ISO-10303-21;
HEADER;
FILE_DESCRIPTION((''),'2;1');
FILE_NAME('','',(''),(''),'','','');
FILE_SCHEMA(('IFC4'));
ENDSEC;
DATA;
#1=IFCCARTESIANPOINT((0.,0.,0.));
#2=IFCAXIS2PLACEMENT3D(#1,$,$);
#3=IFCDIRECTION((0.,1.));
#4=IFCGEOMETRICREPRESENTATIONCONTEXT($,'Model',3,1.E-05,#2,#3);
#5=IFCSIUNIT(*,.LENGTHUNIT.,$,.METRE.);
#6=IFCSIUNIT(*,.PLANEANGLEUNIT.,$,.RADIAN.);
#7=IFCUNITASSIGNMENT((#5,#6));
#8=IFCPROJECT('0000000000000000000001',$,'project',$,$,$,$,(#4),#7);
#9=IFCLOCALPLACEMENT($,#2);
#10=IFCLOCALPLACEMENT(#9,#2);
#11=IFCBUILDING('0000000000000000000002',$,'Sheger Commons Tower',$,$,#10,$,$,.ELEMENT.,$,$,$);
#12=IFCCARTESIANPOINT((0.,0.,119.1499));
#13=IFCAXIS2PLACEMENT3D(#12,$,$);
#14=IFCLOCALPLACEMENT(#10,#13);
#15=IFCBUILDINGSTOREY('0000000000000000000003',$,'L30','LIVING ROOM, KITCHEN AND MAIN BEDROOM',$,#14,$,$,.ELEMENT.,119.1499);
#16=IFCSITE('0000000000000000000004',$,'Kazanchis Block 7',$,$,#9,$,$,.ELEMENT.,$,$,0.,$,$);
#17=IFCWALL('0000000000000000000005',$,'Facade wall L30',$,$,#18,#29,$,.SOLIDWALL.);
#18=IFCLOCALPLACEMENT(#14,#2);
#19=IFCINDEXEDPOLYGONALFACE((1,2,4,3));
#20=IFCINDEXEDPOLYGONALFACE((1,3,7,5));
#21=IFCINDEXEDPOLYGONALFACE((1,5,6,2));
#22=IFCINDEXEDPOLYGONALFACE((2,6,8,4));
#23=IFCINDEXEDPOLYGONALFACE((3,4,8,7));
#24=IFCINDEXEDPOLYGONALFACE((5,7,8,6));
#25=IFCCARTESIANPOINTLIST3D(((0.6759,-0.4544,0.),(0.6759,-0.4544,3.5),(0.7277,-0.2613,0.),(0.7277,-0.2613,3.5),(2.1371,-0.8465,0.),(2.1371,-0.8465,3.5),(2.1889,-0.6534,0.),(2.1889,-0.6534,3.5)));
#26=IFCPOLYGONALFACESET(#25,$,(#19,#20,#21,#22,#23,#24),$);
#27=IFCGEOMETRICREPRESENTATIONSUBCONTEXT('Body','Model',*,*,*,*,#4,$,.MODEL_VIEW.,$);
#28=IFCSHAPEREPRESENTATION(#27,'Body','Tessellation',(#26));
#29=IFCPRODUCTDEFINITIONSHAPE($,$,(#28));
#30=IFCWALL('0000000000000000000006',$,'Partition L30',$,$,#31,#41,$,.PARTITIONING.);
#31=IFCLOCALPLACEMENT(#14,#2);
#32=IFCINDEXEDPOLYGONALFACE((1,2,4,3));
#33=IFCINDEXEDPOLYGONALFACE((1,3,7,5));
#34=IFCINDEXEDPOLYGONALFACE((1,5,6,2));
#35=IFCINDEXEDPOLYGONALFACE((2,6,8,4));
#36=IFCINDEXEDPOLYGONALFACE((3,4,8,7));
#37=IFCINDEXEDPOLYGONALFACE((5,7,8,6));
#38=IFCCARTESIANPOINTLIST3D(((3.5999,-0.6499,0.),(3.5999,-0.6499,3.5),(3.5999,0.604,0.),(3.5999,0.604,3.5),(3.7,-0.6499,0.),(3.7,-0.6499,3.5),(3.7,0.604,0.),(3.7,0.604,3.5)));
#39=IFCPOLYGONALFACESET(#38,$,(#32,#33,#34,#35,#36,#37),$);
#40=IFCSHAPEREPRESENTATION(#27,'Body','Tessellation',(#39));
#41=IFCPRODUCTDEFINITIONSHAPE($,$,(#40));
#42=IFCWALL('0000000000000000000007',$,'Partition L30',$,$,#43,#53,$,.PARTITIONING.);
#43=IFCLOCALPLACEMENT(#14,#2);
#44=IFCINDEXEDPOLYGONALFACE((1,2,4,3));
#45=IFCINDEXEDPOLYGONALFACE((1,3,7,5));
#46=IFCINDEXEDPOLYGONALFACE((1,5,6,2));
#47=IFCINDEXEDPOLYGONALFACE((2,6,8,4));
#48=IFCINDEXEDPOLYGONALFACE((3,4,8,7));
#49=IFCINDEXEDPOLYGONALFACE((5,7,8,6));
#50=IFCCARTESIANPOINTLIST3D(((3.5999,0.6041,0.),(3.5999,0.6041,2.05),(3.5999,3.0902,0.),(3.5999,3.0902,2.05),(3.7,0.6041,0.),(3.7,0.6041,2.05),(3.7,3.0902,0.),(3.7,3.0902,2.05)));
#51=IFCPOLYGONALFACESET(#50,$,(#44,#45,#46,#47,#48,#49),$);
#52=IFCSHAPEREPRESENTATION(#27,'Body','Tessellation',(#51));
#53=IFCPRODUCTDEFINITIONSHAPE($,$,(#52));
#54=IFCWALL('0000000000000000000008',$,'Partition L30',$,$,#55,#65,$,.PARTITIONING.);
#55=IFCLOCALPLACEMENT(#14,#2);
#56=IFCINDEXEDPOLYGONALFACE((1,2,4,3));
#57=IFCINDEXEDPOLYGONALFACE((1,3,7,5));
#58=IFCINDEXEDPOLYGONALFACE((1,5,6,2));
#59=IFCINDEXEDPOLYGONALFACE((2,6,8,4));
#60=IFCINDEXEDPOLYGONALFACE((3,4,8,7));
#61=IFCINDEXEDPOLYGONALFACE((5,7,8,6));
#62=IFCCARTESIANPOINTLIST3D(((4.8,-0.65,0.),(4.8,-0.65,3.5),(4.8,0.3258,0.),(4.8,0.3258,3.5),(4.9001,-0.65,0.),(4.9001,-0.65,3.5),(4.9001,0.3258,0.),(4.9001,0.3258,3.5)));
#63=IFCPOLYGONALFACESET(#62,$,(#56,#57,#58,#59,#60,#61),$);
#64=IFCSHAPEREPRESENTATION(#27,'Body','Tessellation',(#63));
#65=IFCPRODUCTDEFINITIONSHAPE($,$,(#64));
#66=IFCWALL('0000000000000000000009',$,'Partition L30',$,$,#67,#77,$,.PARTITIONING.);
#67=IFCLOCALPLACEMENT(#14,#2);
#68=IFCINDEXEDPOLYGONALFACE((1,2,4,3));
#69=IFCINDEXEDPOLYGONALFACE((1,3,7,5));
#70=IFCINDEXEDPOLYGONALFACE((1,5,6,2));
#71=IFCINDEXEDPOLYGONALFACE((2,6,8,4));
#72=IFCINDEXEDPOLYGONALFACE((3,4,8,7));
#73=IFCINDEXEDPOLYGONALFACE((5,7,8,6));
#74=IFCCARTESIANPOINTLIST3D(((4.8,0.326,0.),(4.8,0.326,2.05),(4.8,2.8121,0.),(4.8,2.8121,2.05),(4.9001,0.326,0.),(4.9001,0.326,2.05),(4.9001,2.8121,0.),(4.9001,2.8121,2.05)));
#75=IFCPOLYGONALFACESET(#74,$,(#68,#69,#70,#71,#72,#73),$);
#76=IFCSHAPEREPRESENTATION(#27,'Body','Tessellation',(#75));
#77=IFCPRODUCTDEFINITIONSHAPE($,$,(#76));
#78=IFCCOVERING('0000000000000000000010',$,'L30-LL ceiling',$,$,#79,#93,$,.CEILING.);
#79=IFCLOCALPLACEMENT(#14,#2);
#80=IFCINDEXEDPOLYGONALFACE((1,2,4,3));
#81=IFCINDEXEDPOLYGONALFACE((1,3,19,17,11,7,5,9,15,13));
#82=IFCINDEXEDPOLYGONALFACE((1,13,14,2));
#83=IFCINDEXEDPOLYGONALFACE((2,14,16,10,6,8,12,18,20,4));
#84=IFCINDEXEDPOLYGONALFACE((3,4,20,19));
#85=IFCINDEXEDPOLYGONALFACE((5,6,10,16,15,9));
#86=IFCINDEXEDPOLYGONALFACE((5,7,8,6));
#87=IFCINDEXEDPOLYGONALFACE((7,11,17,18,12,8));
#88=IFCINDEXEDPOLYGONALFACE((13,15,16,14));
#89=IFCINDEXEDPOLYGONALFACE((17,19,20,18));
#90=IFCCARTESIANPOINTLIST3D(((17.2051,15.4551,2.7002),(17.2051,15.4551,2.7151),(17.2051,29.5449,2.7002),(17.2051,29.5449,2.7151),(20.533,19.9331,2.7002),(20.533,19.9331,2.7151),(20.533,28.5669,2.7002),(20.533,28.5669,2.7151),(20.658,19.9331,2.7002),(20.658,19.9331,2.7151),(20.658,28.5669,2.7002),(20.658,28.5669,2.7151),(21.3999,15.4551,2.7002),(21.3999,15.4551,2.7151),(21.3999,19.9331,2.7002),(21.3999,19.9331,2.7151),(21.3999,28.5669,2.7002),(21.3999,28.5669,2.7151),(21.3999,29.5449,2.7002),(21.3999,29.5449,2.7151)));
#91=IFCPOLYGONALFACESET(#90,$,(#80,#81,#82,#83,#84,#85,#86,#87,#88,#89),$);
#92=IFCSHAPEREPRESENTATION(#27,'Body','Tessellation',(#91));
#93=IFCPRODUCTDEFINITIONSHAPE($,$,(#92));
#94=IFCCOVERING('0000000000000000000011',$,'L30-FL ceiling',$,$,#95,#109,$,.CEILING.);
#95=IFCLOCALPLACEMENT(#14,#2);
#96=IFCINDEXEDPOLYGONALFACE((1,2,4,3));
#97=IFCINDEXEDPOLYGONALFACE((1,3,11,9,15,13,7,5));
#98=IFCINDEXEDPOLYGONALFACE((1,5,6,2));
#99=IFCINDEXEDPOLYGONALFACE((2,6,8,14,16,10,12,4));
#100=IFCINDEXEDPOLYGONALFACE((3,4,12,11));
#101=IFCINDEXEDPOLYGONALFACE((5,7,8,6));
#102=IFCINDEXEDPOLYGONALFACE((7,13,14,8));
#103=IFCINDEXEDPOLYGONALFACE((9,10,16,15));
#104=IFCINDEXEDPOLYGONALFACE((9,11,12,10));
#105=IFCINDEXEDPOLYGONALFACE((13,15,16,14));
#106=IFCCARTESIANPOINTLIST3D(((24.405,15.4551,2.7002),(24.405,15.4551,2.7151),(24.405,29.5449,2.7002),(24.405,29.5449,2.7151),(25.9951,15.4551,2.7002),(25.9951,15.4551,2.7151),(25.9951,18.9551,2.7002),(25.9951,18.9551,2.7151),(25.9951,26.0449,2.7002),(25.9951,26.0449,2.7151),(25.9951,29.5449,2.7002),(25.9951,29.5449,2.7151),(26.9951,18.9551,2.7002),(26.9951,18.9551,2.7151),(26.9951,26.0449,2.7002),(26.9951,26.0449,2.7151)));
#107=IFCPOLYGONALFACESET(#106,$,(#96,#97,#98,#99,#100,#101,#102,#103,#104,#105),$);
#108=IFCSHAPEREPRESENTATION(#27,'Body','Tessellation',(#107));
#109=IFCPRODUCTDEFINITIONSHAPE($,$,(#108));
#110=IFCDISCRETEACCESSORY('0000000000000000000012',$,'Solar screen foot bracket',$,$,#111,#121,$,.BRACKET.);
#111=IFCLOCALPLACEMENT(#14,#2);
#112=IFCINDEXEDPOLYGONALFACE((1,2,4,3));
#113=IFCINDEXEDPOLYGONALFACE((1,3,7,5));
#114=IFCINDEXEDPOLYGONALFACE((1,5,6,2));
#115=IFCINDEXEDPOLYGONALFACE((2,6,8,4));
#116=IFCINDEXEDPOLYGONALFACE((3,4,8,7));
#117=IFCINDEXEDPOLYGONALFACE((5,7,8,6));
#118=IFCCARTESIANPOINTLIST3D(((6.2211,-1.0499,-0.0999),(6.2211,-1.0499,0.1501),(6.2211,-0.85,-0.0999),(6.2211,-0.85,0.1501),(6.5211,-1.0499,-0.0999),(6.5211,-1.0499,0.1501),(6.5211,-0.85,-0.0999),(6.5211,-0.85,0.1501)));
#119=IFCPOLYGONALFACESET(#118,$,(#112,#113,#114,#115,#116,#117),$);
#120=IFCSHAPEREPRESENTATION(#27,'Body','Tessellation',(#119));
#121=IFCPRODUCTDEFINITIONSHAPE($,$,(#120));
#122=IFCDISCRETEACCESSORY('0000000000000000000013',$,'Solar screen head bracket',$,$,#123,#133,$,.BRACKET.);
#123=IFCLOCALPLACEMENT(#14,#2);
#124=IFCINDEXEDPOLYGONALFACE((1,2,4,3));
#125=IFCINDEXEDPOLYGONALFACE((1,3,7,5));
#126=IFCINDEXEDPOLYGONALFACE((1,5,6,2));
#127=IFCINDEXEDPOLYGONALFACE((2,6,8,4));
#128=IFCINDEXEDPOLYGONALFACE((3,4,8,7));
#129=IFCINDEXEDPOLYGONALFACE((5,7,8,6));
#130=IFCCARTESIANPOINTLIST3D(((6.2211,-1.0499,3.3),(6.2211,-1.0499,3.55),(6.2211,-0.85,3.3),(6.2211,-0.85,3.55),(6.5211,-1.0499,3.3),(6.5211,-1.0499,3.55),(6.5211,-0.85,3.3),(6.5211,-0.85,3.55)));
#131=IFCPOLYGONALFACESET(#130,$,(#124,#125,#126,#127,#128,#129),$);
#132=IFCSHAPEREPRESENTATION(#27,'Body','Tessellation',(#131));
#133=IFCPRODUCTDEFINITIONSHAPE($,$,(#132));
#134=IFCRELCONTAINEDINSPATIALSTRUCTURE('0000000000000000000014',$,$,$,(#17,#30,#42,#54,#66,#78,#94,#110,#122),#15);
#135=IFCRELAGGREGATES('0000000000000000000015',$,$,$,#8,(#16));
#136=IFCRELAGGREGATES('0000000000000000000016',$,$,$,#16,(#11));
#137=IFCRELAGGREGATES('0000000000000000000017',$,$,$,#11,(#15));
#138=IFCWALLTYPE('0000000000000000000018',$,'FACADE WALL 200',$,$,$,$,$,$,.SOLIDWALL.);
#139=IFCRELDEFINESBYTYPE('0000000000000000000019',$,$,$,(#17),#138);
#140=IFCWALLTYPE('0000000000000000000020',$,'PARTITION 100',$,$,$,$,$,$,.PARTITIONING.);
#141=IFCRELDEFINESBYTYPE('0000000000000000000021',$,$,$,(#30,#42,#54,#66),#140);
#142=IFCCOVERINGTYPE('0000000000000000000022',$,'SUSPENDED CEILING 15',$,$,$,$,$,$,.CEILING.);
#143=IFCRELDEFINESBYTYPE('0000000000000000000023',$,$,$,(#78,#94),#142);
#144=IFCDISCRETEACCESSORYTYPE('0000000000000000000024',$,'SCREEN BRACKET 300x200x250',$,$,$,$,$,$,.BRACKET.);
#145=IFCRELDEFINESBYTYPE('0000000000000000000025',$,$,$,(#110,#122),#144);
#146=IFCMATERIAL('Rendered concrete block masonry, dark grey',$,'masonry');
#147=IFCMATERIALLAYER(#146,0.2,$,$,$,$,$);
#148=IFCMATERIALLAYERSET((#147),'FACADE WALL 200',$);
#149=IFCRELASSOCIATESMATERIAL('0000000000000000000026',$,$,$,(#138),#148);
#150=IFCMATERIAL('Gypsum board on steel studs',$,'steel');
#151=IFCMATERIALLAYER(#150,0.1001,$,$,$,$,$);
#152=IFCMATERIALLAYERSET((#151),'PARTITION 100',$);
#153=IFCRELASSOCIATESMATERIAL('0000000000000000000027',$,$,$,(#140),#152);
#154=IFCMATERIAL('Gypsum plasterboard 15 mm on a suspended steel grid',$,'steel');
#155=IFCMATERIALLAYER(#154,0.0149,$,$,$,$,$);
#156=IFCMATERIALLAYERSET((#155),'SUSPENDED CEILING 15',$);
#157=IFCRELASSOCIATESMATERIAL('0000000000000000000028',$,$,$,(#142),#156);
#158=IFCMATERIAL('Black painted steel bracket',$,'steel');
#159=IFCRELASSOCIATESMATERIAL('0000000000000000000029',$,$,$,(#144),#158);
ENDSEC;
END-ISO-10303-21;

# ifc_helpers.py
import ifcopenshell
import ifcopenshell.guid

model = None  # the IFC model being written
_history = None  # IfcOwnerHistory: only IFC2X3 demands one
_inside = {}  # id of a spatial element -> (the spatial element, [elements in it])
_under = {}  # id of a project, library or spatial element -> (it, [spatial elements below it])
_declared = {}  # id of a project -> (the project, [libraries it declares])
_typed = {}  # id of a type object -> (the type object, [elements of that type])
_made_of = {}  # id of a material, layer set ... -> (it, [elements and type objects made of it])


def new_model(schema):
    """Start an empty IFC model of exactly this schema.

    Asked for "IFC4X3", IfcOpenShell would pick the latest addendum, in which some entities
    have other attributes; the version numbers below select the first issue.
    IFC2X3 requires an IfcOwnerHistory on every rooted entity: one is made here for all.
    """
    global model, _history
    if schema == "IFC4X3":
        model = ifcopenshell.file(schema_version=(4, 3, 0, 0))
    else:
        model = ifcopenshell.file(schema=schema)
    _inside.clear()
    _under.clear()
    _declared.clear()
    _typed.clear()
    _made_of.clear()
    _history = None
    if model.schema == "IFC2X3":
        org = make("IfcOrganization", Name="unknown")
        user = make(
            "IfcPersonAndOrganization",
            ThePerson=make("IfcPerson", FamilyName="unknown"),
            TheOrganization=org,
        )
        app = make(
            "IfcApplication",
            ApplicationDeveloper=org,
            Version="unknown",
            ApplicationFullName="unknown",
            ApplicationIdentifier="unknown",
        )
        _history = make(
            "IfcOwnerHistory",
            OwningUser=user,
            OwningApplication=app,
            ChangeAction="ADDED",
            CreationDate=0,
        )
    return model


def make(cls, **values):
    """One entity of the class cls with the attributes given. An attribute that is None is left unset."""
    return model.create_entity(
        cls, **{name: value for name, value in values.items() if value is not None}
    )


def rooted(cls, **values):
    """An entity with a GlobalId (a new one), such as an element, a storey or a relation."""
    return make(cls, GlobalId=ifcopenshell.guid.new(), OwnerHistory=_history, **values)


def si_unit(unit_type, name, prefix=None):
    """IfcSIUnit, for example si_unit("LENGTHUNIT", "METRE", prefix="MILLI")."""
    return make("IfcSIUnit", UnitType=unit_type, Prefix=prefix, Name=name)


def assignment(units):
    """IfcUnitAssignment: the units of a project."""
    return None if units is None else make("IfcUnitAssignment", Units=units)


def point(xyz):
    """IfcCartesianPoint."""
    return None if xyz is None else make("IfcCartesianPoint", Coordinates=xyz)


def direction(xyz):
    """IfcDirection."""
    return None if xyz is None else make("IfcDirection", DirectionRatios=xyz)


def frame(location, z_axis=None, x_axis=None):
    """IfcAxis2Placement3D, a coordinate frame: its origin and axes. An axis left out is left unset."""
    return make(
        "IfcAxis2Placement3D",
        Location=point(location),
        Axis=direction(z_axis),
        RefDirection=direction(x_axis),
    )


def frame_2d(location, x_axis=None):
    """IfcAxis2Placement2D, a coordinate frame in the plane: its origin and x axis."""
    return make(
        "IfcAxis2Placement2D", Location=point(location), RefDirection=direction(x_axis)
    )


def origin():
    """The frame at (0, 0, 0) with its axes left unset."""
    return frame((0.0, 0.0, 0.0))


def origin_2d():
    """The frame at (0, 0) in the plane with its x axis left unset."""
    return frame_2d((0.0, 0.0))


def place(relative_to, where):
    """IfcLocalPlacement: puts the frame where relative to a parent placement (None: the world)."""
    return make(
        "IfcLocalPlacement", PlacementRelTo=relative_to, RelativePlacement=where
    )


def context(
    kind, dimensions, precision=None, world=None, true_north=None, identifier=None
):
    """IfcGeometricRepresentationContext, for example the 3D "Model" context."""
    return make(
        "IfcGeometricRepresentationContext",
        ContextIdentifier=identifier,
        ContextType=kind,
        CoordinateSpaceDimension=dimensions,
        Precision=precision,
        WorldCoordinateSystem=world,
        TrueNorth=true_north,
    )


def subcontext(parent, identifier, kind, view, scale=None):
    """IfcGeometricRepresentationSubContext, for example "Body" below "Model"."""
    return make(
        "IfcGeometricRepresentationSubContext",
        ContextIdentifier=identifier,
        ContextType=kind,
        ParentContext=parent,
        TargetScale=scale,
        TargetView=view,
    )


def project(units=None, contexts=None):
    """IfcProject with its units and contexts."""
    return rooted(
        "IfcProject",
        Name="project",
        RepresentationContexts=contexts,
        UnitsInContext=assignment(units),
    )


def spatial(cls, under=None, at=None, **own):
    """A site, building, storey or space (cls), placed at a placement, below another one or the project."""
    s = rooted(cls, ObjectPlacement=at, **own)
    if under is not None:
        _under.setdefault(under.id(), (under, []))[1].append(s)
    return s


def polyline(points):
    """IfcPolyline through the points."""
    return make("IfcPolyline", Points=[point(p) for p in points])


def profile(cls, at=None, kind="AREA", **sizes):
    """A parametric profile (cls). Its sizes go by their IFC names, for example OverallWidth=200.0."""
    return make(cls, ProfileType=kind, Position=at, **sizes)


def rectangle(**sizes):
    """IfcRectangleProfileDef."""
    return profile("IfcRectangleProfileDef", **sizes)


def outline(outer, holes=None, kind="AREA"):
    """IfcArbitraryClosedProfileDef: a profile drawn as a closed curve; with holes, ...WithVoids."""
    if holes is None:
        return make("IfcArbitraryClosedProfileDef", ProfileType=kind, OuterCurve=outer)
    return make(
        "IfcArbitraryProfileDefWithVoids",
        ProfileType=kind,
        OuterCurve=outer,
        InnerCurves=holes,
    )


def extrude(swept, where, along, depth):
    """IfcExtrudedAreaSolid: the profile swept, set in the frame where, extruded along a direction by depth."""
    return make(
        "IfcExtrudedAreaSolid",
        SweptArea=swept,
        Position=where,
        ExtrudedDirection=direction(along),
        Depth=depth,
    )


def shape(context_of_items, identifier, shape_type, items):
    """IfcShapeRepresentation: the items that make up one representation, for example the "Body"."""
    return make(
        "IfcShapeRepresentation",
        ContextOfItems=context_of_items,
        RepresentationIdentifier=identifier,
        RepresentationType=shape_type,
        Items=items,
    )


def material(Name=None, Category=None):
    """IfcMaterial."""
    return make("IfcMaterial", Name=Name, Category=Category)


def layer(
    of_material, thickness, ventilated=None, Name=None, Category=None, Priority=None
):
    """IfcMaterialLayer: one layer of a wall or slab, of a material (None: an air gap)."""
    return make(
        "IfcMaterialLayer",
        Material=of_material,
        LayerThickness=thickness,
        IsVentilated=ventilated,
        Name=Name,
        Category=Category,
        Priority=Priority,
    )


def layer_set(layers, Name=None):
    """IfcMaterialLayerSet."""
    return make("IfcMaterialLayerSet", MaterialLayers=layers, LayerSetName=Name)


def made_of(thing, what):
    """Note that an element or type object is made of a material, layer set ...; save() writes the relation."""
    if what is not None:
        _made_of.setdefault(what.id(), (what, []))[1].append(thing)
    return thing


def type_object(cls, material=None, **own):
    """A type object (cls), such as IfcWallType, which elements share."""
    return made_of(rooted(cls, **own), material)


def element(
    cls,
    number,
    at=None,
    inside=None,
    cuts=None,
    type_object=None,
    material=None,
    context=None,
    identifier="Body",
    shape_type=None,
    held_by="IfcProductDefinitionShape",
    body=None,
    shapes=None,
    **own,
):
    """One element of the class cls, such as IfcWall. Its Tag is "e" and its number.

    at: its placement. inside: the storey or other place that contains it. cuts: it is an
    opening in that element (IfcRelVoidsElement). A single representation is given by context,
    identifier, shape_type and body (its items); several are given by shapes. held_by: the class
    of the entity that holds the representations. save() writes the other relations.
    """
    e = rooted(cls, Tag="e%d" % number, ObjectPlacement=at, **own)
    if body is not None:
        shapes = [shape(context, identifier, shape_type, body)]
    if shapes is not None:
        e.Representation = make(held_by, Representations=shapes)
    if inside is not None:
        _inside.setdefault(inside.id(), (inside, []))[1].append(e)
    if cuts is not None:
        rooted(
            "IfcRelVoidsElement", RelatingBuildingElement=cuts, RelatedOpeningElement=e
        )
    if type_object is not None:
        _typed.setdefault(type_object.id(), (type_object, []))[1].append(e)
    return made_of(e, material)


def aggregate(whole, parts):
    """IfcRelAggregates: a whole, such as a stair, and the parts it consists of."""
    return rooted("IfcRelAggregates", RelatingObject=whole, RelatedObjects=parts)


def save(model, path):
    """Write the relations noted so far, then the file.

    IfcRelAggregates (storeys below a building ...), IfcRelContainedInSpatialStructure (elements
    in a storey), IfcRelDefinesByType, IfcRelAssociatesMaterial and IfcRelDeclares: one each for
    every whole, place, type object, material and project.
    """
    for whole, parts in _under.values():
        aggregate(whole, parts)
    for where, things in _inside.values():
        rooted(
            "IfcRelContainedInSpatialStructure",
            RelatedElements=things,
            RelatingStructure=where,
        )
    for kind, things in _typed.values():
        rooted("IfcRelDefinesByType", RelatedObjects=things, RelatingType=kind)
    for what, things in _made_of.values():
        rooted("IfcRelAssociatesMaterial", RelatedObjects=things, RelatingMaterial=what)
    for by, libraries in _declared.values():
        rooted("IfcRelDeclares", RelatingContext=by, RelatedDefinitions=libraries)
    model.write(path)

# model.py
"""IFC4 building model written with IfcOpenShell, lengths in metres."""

from ifc_helpers import new_model, si_unit, direction, frame, frame_2d, origin, origin_2d, place, context, subcontext, project, spatial, polyline, rectangle, outline, extrude, material, layer, layer_set, type_object, element, save


model = new_model("IFC4")

# Units and contexts
model_context = context("Model", 3, precision=1e-05, world=origin(), true_north=direction((0.0, 1.0)))
body_context = subcontext(model_context, "Body", "Model", "MODEL_VIEW")
ifc_project = project(units=[si_unit("LENGTHUNIT", "METRE"), si_unit("PLANEANGLEUNIT", "RADIAN")], contexts=[model_context])

# Site, building, storey
site_placement = place(None, origin())
site = spatial("IfcSite", under=ifc_project, at=site_placement, Name="Kazanchis Block 7", CompositionType="ELEMENT", RefElevation=0.0)
building_placement = place(site_placement, origin())
building = spatial("IfcBuilding", under=site, at=building_placement, Name="Sheger Commons Tower", CompositionType="ELEMENT")
storey_placement = place(building_placement, frame((0.0, 0.0, 119.1499)))
storey = spatial("IfcBuildingStorey", under=building, at=storey_placement, Name="L30", Description="LIVING ROOM, KITCHEN AND MAIN BEDROOM", CompositionType="ELEMENT", Elevation=119.1499)

# Shared definitions
ifc_material_1 = material(Name="Rendered concrete block masonry, dark grey", Category="masonry")
ifc_layer_1 = layer(ifc_material_1, 0.2)
ifc_layer_set_1 = layer_set([ifc_layer_1], Name="FACADE WALL 200")
wall_type_1 = type_object("IfcWallType", Name="FACADE WALL 200", PredefinedType="SOLIDWALL", material=ifc_layer_set_1)

# Walls
wall_1_placement = place(storey_placement, frame((0.7019, -0.3579, 0.0), z_axis=(0.0, 0.0, 1.0), x_axis=(0.965832, -0.259169, 0.0)))
element("IfcWall", 1, at=wall_1_placement, inside=storey, type_object=wall_type_1, Name="Facade wall L30", PredefinedType="SOLIDWALL", context=body_context, shape_type="SweptSolid", body=[
    extrude(rectangle(XDim=1.5129, YDim=0.2, at=frame_2d((0.7563, 0.0))), origin(), (0.0, 0.0, 1.0), 3.5),
])
ifc_material_2 = material(Name="Gypsum board on steel studs", Category="steel")
ifc_layer_2 = layer(ifc_material_2, 0.1001)
ifc_layer_set_2 = layer_set([ifc_layer_2], Name="PARTITION 100")
wall_type_2 = type_object("IfcWallType", Name="PARTITION 100", PredefinedType="PARTITIONING", material=ifc_layer_set_2)
wall_2_placement = place(storey_placement, frame((3.6499, -0.6499, 0.0), z_axis=(0.0, 0.0, 1.0), x_axis=(0.0, 1.0, 0.0)))
element("IfcWall", 2, at=wall_2_placement, inside=storey, type_object=wall_type_2, Name="Partition L30", PredefinedType="PARTITIONING", context=body_context, shape_type="SweptSolid", body=[
    extrude(rectangle(XDim=1.2539, YDim=0.1001, at=frame_2d((0.627, 0.0))), origin(), (0.0, 0.0, 1.0), 3.5),
])
wall_3_placement = place(storey_placement, frame((3.6499, 0.604, 0.0), z_axis=(0.0, 0.0, 1.0), x_axis=(0.0, 1.0, 0.0)))
element("IfcWall", 3, at=wall_3_placement, inside=storey, type_object=wall_type_2, Name="Partition L30", PredefinedType="PARTITIONING", context=body_context, shape_type="SweptSolid", body=[
    extrude(rectangle(XDim=2.4861, YDim=0.1001, at=frame_2d((1.2432, 0.0))), origin(), (0.0, 0.0, 1.0), 2.05),
])
wall_4_placement = place(storey_placement, frame((4.8501, -0.6499, 0.0), z_axis=(0.0, 0.0, 1.0), x_axis=(0.0, 1.0, 0.0)))
element("IfcWall", 4, at=wall_4_placement, inside=storey, type_object=wall_type_2, Name="Partition L30", PredefinedType="PARTITIONING", context=body_context, shape_type="SweptSolid", body=[
    extrude(rectangle(XDim=0.9758, YDim=0.1001, at=frame_2d((0.4878, 0.0))), origin(), (0.0, 0.0, 1.0), 3.5),
])
wall_5_placement = place(storey_placement, frame((4.8501, 0.3259, 0.0), z_axis=(0.0, 0.0, 1.0), x_axis=(0.0, 1.0, 0.0)))
element("IfcWall", 5, at=wall_5_placement, inside=storey, type_object=wall_type_2, Name="Partition L30", PredefinedType="PARTITIONING", context=body_context, shape_type="SweptSolid", body=[
    extrude(rectangle(XDim=2.4861, YDim=0.1001, at=frame_2d((1.2432, 0.0))), origin(), (0.0, 0.0, 1.0), 2.05),
])

# Coverings
ifc_material_3 = material(Name="Gypsum plasterboard 15 mm on a suspended steel grid", Category="steel")
ifc_layer_3 = layer(ifc_material_3, 0.0149)
ifc_layer_set_3 = layer_set([ifc_layer_3], Name="SUSPENDED CEILING 15")
covering_type = type_object("IfcCoveringType", Name="SUSPENDED CEILING 15", PredefinedType="CEILING", material=ifc_layer_set_3)
covering_1_placement = place(storey_placement, frame((0.0, 0.0, 2.7002)))
element("IfcCovering", 6, at=covering_1_placement, inside=storey, type_object=covering_type, Name="L30-LL ceiling", PredefinedType="CEILING", context=body_context, shape_type="SweptSolid", body=[
    extrude(outline(polyline([(17.2051, 15.4551), (21.3999, 15.4551), (21.3999, 19.9331), (20.658, 19.9331), (20.533, 19.9331), (20.533, 28.5669), (20.658, 28.5669), (21.3999, 28.5669), (21.3999, 29.5449), (17.2051, 29.5449), (17.2051, 15.4551)])), origin(), (0.0, 0.0, 1.0), 0.0149),
])
covering_2_placement = place(storey_placement, frame((0.0, 0.0, 2.7002)))
element("IfcCovering", 7, at=covering_2_placement, inside=storey, type_object=covering_type, Name="L30-FL ceiling", PredefinedType="CEILING", context=body_context, shape_type="SweptSolid", body=[
    extrude(outline(polyline([(24.405, 15.4551), (25.9951, 15.4551), (25.9951, 18.9551), (26.9951, 18.9551), (26.9951, 26.0449), (25.9951, 26.0449), (25.9951, 29.5449), (24.405, 29.5449), (24.405, 15.4551)])), origin(), (0.0, 0.0, 1.0), 0.0149),
])

# Discrete accessories
ifc_material_4 = material(Name="Black painted steel bracket", Category="steel")
discrete_accessory_type = type_object("IfcDiscreteAccessoryType", Name="SCREEN BRACKET 300x200x250", PredefinedType="BRACKET", material=ifc_material_4)
for number, where, z_axis, x_axis, name in (
    (8, (6.3711, -0.95, -0.0999), (0.0, 0.0, 1.0), (1.0, 0.0, 0.0), "Solar screen foot bracket"),
    (9, (6.3711, -0.95, 3.3), (0.0, 0.0, 1.0), (1.0, 0.0, 0.0), "Solar screen head bracket"),
):
    element("IfcDiscreteAccessory", number, at=place(storey_placement, frame(where, z_axis=z_axis, x_axis=x_axis)), inside=storey, type_object=discrete_accessory_type, Name=name, PredefinedType="BRACKET", context=body_context, shape_type="SweptSolid", body=[
        extrude(rectangle(XDim=0.3, YDim=0.2, at=origin_2d()), origin(), (0.0, 0.0, 1.0), 0.25),
    ])

save(model, "model.ifc")
